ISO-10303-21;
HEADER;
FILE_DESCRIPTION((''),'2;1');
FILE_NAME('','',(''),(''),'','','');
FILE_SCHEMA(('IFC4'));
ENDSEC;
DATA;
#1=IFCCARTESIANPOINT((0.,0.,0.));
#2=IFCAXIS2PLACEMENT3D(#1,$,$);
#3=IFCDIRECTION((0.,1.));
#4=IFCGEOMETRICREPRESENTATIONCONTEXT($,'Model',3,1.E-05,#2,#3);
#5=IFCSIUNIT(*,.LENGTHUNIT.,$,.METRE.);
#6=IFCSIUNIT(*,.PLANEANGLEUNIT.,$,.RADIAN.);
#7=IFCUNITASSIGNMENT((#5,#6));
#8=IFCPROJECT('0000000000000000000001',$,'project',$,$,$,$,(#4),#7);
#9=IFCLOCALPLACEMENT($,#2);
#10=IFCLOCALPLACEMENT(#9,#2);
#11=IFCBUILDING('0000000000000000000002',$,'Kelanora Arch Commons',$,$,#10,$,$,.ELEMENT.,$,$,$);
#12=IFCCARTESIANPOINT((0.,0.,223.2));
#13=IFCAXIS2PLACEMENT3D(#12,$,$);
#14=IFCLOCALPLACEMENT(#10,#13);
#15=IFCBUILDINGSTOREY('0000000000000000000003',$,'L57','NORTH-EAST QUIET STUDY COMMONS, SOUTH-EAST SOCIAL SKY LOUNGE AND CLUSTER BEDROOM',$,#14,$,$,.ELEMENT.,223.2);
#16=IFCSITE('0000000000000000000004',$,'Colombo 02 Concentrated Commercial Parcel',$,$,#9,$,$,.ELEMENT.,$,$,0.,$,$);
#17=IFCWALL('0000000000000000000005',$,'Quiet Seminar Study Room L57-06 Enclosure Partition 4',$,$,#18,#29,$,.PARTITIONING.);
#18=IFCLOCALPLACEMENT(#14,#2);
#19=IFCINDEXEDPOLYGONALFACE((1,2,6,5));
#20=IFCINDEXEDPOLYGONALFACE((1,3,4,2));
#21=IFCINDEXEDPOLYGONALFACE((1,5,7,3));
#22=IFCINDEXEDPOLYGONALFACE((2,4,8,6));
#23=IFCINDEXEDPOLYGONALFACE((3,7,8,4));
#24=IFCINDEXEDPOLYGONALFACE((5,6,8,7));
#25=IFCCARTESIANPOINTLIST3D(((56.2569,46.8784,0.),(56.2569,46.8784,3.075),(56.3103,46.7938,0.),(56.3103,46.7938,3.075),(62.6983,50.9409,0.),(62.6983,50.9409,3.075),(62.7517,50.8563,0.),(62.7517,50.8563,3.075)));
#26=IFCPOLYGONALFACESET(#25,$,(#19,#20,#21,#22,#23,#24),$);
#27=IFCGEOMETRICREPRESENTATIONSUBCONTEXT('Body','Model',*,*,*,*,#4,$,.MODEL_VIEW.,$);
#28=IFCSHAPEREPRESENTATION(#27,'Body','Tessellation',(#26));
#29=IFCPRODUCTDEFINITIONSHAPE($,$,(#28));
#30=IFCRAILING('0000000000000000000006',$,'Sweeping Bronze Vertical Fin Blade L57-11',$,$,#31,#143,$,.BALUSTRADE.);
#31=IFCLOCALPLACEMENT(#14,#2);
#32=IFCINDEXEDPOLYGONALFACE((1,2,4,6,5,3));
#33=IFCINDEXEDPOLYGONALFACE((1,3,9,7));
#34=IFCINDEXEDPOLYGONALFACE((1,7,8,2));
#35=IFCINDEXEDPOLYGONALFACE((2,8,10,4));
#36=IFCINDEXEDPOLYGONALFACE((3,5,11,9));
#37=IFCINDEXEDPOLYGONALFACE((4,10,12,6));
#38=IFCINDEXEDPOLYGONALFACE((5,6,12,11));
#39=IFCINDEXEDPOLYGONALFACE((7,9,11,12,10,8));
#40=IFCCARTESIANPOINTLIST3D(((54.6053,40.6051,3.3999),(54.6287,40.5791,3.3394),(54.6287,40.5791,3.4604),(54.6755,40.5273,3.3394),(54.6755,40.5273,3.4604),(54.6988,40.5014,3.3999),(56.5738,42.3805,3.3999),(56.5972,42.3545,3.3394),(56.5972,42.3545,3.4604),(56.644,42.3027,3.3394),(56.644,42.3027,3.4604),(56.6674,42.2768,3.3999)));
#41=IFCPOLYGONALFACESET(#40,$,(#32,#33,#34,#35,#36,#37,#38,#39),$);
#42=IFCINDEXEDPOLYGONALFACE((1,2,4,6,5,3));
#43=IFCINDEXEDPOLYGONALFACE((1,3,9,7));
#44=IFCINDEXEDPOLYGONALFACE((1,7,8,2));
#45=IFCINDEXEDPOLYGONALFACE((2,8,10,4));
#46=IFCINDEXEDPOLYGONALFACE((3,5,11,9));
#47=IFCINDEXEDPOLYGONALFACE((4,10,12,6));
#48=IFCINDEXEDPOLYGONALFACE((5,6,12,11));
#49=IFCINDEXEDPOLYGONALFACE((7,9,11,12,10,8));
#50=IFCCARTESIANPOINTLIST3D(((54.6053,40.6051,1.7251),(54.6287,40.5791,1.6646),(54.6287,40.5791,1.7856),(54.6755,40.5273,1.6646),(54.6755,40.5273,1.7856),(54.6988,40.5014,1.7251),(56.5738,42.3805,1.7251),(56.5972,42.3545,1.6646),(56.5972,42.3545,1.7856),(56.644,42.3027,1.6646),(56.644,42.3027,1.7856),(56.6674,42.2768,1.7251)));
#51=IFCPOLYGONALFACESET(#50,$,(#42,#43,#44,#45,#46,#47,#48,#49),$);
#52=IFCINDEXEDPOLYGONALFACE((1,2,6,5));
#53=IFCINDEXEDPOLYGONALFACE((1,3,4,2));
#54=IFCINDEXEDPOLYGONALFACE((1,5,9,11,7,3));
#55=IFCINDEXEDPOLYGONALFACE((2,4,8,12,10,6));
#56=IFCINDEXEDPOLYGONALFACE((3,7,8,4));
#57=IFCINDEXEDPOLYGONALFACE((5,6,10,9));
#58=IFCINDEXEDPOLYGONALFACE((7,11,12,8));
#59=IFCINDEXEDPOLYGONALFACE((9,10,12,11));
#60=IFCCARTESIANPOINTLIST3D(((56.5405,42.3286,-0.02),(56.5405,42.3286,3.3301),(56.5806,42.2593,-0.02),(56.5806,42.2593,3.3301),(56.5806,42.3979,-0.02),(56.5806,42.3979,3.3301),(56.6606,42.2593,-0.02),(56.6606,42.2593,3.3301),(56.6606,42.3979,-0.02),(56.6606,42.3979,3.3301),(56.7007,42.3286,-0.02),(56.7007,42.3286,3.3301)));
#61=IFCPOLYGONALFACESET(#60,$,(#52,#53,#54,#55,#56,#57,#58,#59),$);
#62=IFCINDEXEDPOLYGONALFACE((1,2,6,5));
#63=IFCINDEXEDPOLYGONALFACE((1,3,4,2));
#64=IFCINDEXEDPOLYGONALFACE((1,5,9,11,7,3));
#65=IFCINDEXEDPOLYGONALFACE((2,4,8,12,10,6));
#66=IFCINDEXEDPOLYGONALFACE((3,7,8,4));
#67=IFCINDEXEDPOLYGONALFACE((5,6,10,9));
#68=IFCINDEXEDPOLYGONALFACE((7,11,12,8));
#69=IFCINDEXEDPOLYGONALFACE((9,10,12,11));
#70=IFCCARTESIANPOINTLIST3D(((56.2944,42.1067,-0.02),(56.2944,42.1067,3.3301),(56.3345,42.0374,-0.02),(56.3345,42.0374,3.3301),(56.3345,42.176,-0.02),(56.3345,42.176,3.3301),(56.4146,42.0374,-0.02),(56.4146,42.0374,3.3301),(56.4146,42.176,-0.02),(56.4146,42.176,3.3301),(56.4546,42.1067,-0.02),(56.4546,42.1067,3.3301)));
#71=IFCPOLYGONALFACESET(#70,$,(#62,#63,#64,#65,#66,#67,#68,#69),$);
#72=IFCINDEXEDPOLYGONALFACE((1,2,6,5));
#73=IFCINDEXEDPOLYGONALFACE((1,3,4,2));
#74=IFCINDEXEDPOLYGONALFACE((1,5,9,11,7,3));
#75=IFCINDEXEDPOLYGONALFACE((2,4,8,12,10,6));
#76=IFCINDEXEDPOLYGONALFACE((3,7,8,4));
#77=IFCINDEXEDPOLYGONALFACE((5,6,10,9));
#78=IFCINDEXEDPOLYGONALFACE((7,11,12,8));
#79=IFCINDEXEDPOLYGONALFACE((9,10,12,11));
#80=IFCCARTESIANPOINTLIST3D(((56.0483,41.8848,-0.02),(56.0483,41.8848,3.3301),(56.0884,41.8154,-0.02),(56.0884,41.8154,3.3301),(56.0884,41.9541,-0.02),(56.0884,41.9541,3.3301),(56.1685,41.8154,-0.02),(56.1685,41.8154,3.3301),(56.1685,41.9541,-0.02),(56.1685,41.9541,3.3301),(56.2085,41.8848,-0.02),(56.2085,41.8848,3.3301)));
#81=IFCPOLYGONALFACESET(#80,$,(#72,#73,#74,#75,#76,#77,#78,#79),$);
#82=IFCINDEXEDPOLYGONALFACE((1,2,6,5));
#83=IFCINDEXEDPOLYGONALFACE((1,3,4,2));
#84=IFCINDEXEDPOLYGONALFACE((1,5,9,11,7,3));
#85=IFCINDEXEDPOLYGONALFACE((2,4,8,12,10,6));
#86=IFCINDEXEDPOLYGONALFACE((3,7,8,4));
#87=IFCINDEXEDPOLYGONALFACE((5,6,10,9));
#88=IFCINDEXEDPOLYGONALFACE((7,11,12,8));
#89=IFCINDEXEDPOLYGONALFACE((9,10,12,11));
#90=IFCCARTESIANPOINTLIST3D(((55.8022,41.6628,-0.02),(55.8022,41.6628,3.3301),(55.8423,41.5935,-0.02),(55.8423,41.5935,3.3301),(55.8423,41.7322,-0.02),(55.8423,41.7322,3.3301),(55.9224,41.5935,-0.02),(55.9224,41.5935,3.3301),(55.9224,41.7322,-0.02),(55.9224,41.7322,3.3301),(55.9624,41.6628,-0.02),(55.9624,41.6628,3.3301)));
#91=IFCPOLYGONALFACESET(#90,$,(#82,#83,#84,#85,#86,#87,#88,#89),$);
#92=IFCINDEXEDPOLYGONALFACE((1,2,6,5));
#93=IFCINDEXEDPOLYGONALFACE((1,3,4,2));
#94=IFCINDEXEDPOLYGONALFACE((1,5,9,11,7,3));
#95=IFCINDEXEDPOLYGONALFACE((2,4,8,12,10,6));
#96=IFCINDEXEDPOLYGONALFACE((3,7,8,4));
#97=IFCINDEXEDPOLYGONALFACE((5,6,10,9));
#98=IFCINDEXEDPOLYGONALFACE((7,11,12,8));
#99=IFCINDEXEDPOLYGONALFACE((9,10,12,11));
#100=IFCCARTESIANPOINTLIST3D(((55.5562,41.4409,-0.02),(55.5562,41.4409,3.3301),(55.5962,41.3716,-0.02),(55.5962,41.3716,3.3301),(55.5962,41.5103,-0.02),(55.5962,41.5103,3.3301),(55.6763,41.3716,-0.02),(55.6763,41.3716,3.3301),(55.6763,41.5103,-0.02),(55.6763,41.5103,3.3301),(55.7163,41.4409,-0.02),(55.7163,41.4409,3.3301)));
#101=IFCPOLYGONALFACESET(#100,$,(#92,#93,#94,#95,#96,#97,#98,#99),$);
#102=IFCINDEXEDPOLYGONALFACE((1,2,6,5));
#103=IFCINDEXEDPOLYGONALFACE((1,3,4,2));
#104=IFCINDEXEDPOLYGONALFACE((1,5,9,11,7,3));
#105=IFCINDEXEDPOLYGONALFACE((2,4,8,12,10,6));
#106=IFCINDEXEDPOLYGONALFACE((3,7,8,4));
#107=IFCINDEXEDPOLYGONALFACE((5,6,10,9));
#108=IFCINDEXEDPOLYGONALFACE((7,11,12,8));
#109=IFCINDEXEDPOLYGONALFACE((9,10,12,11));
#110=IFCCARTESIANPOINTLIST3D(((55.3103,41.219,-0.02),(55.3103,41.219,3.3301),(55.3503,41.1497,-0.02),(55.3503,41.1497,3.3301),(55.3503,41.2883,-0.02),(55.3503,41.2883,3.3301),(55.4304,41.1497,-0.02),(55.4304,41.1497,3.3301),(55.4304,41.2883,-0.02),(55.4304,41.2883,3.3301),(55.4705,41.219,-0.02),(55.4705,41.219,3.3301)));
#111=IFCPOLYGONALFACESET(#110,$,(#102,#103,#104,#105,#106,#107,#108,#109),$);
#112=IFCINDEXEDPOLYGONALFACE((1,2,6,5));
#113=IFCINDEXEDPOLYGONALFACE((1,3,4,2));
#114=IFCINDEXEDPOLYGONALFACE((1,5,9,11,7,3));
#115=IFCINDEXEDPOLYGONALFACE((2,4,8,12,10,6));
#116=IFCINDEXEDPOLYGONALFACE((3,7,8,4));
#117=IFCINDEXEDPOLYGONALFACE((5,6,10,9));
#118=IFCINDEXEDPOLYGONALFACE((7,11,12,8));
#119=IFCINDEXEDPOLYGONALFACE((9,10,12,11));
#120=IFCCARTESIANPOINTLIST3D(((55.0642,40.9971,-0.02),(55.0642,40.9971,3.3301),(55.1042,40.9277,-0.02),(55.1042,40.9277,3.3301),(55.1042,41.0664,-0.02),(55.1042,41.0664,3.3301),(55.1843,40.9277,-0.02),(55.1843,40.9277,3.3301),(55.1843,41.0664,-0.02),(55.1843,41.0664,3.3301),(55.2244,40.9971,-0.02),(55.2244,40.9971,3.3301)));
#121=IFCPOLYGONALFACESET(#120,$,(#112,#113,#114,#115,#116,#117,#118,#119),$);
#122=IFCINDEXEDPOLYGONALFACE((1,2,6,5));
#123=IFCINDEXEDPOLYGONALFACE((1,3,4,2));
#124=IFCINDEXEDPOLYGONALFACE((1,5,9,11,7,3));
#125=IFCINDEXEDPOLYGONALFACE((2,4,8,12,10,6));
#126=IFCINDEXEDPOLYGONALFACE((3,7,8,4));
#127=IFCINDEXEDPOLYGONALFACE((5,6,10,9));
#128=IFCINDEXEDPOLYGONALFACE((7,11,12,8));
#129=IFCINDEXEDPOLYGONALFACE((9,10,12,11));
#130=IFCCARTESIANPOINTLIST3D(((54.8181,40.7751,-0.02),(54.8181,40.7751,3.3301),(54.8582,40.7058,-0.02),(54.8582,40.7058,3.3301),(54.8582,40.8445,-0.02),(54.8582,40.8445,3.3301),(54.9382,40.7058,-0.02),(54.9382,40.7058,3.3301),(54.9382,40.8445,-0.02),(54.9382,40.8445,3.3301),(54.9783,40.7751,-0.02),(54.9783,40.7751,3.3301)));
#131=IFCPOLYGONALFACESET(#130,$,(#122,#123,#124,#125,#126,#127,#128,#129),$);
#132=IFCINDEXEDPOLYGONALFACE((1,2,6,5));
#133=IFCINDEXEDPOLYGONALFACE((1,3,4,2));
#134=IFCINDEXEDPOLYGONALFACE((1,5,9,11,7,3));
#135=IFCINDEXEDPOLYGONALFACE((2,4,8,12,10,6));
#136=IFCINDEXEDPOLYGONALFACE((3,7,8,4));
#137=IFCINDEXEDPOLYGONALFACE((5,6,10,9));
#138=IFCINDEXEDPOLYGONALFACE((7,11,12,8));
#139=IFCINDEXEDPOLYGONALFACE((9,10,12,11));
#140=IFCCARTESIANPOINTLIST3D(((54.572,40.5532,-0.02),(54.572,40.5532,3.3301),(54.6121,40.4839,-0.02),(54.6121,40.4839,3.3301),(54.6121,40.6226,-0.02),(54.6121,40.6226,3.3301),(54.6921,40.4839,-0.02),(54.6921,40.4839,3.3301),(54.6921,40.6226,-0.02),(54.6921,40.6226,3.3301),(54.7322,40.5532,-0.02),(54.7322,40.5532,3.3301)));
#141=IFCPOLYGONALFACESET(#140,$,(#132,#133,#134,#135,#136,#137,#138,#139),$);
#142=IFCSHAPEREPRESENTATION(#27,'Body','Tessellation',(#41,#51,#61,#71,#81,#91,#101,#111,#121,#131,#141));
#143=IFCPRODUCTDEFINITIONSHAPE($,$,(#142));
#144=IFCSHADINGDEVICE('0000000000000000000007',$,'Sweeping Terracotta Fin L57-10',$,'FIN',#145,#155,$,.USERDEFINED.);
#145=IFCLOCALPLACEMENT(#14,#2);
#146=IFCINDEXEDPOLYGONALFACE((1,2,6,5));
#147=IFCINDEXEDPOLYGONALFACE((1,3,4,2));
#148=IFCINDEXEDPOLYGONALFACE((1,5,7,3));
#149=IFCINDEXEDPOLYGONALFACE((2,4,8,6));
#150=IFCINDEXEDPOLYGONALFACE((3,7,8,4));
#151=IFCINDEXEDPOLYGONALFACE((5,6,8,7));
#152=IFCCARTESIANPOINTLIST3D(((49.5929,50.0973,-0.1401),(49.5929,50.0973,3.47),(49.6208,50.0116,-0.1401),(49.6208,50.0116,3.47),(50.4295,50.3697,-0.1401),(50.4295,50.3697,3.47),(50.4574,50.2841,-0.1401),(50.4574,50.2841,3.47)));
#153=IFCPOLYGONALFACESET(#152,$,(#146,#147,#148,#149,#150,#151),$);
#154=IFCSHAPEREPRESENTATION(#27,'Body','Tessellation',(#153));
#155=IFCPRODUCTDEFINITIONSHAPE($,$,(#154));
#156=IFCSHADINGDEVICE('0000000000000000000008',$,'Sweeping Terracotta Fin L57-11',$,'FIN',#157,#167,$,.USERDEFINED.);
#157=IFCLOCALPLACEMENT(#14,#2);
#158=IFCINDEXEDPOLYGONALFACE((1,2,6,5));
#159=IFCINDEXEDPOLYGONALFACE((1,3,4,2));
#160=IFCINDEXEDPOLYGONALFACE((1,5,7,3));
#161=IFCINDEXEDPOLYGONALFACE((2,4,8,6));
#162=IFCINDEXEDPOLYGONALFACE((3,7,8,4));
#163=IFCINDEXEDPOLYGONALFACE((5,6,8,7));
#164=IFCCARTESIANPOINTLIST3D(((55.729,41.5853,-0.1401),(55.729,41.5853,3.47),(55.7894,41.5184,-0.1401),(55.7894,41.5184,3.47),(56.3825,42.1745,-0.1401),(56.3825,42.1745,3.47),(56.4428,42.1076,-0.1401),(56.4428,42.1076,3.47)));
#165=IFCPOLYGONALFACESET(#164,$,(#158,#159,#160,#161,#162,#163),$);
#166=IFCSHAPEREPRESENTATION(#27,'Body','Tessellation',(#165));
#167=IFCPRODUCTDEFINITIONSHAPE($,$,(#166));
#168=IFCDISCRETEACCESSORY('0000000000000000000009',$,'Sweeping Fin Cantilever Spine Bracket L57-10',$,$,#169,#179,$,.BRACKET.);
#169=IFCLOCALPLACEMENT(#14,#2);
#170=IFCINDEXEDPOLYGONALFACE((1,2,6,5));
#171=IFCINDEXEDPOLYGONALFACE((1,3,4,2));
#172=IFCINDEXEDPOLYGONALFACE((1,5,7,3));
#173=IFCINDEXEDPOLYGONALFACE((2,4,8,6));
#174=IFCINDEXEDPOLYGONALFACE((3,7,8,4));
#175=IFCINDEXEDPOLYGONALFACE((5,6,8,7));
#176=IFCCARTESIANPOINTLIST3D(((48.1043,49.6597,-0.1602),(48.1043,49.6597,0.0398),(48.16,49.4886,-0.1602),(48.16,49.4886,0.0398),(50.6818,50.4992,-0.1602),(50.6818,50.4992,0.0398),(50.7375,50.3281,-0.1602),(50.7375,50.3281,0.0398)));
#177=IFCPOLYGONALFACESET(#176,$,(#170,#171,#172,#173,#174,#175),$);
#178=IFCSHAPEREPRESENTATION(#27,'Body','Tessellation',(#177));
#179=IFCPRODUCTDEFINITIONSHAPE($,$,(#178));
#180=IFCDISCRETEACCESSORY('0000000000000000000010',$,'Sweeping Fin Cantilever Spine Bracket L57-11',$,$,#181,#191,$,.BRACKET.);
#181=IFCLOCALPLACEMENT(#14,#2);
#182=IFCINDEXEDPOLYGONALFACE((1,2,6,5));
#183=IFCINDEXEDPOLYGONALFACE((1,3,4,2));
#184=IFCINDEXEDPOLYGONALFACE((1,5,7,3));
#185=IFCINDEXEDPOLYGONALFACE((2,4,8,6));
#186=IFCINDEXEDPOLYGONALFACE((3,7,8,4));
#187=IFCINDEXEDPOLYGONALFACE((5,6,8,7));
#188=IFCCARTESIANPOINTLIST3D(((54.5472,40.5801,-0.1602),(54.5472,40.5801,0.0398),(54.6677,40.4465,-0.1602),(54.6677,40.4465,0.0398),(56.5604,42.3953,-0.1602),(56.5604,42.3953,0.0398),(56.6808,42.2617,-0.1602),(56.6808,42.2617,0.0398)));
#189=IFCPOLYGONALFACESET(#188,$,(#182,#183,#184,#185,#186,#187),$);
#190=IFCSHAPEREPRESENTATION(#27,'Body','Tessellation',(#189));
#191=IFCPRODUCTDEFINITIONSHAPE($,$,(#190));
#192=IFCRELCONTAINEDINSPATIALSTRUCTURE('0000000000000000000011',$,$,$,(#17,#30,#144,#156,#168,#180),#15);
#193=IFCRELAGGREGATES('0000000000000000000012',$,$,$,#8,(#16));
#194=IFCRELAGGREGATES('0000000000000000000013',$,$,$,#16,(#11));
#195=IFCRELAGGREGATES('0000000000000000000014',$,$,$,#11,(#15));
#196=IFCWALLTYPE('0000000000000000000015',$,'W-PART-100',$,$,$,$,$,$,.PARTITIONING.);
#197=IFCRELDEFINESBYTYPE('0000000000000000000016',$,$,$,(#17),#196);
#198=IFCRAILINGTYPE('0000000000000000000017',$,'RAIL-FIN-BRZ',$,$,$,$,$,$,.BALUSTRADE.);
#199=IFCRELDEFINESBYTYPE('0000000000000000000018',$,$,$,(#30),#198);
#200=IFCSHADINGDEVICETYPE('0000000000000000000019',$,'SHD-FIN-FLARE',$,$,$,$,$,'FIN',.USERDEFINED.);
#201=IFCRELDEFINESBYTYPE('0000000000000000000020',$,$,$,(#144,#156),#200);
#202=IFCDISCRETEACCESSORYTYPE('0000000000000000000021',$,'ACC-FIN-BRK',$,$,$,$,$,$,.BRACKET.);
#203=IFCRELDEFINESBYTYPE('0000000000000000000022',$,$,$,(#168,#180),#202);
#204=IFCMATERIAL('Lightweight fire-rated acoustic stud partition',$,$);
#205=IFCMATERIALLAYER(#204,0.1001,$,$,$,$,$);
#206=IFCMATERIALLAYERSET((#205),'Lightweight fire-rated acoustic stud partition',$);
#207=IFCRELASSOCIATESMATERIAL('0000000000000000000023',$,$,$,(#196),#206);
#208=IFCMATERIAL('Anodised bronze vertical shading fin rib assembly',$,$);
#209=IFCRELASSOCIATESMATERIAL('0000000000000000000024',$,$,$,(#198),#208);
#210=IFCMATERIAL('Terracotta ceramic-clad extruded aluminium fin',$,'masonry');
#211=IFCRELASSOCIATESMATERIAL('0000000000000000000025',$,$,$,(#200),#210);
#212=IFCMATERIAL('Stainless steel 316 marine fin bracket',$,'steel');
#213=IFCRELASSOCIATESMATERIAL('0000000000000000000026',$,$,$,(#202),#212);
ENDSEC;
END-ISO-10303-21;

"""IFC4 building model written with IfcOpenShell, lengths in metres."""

from ifc_helpers import new_model, si_unit, direction, frame, frame_2d, origin, origin_2d, place, context, subcontext, project, spatial, polyline, rectangle, outline, extrude, source, transform, mapped, material, layer, layer_set, type_object, element, save


model = new_model("IFC4")

# Units and contexts
model_context = context("Model", 3, precision=1e-05, world=origin(), true_north=direction((0.0, 1.0)))
body_context = subcontext(model_context, "Body", "Model", "MODEL_VIEW")
ifc_project = project(units=[si_unit("LENGTHUNIT", "METRE"), si_unit("PLANEANGLEUNIT", "RADIAN")], contexts=[model_context])

# Site, building, storey
site_placement = place(None, origin())
site = spatial("IfcSite", under=ifc_project, at=site_placement, Name="Colombo 02 Concentrated Commercial Parcel", CompositionType="ELEMENT", RefElevation=0.0)
building_placement = place(site_placement, origin())
building = spatial("IfcBuilding", under=site, at=building_placement, Name="Kelanora Arch Commons", CompositionType="ELEMENT")
storey_placement = place(building_placement, frame((0.0, 0.0, 223.2)))
storey = spatial("IfcBuildingStorey", under=building, at=storey_placement, Name="L57", Description="NORTH-EAST QUIET STUDY COMMONS, SOUTH-EAST SOCIAL SKY LOUNGE AND CLUSTER BEDROOM", CompositionType="ELEMENT", Elevation=223.2)

# Wall
ifc_material_1 = material(Name="Lightweight fire-rated acoustic stud partition")
ifc_layer_1 = layer(ifc_material_1, 0.1001)
ifc_layer_set_1 = layer_set([ifc_layer_1], Name="Lightweight fire-rated acoustic stud partition")
wall_type_1 = type_object("IfcWallType", Name="W-PART-100", PredefinedType="PARTITIONING", material=ifc_layer_set_1)
wall_1_placement = place(storey_placement, frame((56.2837, 46.8362, 0.0), z_axis=(0.0, 0.0, 1.0), x_axis=(0.84583, 0.533453, 0.0)))
element("IfcWall", 1, at=wall_1_placement, inside=storey, type_object=wall_type_1, Name="Quiet Seminar Study Room L57-06 Enclosure Partition 4", PredefinedType="PARTITIONING", context=body_context, shape_type="SweptSolid", body=[
    extrude(rectangle(XDim=7.6155, YDim=0.1001, at=frame_2d((3.8076, 0.0))), origin(), (0.0, 0.0, 1.0), 3.075),
])

# Railing
ifc_material_2 = material(Name="Anodised bronze vertical shading fin rib assembly")
railing_type = type_object("IfcRailingType", Name="RAIL-FIN-BRZ", PredefinedType="BALUSTRADE", material=ifc_material_2)
railing_placement = place(storey_placement, frame((56.6206, 42.3286, -0.02)))
element("IfcRailing", 2, at=railing_placement, inside=storey, type_object=railing_type, Name="Sweeping Bronze Vertical Fin Blade L57-11", PredefinedType="BALUSTRADE", context=body_context, shape_type="SweptSolid", body=[
    extrude(outline(polyline([(0.0698, 0.0), (0.0349, 0.0605), (-0.0349, 0.0605), (-0.0698, 0.0), (-0.0349, -0.0605), (0.0349, -0.0605), (0.0698, 0.0)])), frame((0.0, 0.0, 3.4199), z_axis=(-0.742593, -0.669743, 0.0), x_axis=(0.669743, -0.742593, 0.0)), (0.0, 0.0, 1.0), 2.6509),
    extrude(outline(polyline([(0.0698, 0.0), (0.0349, 0.0605), (-0.0349, 0.0605), (-0.0698, 0.0), (-0.0349, -0.0605), (0.0349, -0.0605), (0.0698, 0.0)])), frame((0.0, 0.0, 1.7451), z_axis=(-0.742593, -0.669743, 0.0), x_axis=(0.669743, -0.742593, 0.0)), (0.0, 0.0, 1.0), 2.6509),
    extrude(outline(polyline([(0.0801, 0.0), (0.04, 0.0693), (-0.04, 0.0693), (-0.0801, 0.0), (-0.04, -0.0693), (0.04, -0.0693), (0.0801, 0.0)])), origin(), (0.0, 0.0, 1.0), 3.3501),
    extrude(outline(polyline([(0.0801, 0.0), (0.04, 0.0693), (-0.04, 0.0693), (-0.0801, 0.0), (-0.04, -0.0693), (0.04, -0.0693), (0.0801, 0.0)])), frame((-0.2461, -0.2219, 0.0)), (0.0, 0.0, 1.0), 3.3501),
    extrude(outline(polyline([(0.0801, 0.0), (0.04, 0.0693), (-0.04, 0.0693), (-0.0801, 0.0), (-0.04, -0.0693), (0.04, -0.0693), (0.0801, 0.0)])), frame((-0.4922, -0.4438, 0.0)), (0.0, 0.0, 1.0), 3.3501),
    extrude(outline(polyline([(0.0801, 0.0), (0.04, 0.0693), (-0.04, 0.0693), (-0.0801, 0.0), (-0.04, -0.0693), (0.04, -0.0693), (0.0801, 0.0)])), frame((-0.7383, -0.6658, 0.0)), (0.0, 0.0, 1.0), 3.3501),
    extrude(outline(polyline([(0.0801, 0.0), (0.04, 0.0693), (-0.04, 0.0693), (-0.0801, 0.0), (-0.04, -0.0693), (0.04, -0.0693), (0.0801, 0.0)])), frame((-0.9844, -0.8877, 0.0)), (0.0, 0.0, 1.0), 3.3501),
    extrude(outline(polyline([(0.0801, 0.0), (0.04, 0.0693), (-0.04, 0.0693), (-0.0801, 0.0), (-0.04, -0.0693), (0.04, -0.0693), (0.0801, 0.0)])), frame((-1.2302, -1.1096, 0.0)), (0.0, 0.0, 1.0), 3.3501),
    extrude(outline(polyline([(0.0801, 0.0), (0.04, 0.0693), (-0.04, 0.0693), (-0.0801, 0.0), (-0.04, -0.0693), (0.04, -0.0693), (0.0801, 0.0)])), frame((-1.4763, -1.3315, 0.0)), (0.0, 0.0, 1.0), 3.3501),
    extrude(outline(polyline([(0.0801, 0.0), (0.04, 0.0693), (-0.04, 0.0693), (-0.0801, 0.0), (-0.04, -0.0693), (0.04, -0.0693), (0.0801, 0.0)])), frame((-1.7224, -1.5535, 0.0)), (0.0, 0.0, 1.0), 3.3501),
    extrude(outline(polyline([(0.0801, 0.0), (0.04, 0.0693), (-0.04, 0.0693), (-0.0801, 0.0), (-0.04, -0.0693), (0.04, -0.0693), (0.0801, 0.0)])), frame((-1.9685, -1.7754, 0.0)), (0.0, 0.0, 1.0), 3.3501),
])

# Shading devices
ifc_material_3 = material(Name="Terracotta ceramic-clad extruded aluminium fin", Category="masonry")
shading_device_type = type_object("IfcShadingDeviceType", Name="SHD-FIN-FLARE", ElementType="FIN", PredefinedType="USERDEFINED", material=ifc_material_3)
shared_shape_1 = source(origin(), body_context, "Body", "SweptSolid", [
    extrude(rectangle(XDim=0.8799, YDim=0.0901, at=origin_2d()), origin(), (0.0, 0.0, 1.0), 3.6101),
])
for number, where, z_axis, x_axis, name in (
    (3, (50.0251, 50.1907, -0.1401), (0.0, 0.0, 1.0), (-0.950841, -0.309681, 0.0), "Sweeping Terracotta Fin L57-10"),
    (4, (56.0859, 41.8464, -0.1401), (0.0, 0.0, 1.0), (-0.742678, -0.669649, 0.0), "Sweeping Terracotta Fin L57-11"),
):
    element("IfcShadingDevice", number, at=place(storey_placement, frame(where, z_axis=z_axis, x_axis=x_axis)), inside=storey, type_object=shading_device_type, Name=name, ObjectType="FIN", PredefinedType="USERDEFINED", context=body_context, shape_type="MappedRepresentation", body=[
        mapped(shared_shape_1, transform((0.0, 0.0, 0.0), scale=1.0)),
    ])

# Discrete accessories
ifc_material_4 = material(Name="Stainless steel 316 marine fin bracket", Category="steel")
discrete_accessory_type = type_object("IfcDiscreteAccessoryType", Name="ACC-FIN-BRK", PredefinedType="BRACKET", material=ifc_material_4)
shared_shape_2 = source(origin(), body_context, "Body", "SweptSolid", [
    extrude(rectangle(XDim=2.7107, YDim=0.1799, at=origin_2d()), origin(), (0.0, 0.0, 1.0), 0.2),
])
for number, where, z_axis, x_axis, name in (
    (5, (49.4209, 49.9939, -0.1602), (0.0, 0.0, 1.0), (-0.950841, -0.309681, 0.0), "Sweeping Fin Cantilever Spine Bracket L57-10"),
    (6, (55.614, 41.4209, -0.1602), (0.0, 0.0, 1.0), (-0.742678, -0.669649, 0.0), "Sweeping Fin Cantilever Spine Bracket L57-11"),
):
    element("IfcDiscreteAccessory", number, at=place(storey_placement, frame(where, z_axis=z_axis, x_axis=x_axis)), inside=storey, type_object=discrete_accessory_type, Name=name, PredefinedType="BRACKET", context=body_context, shape_type="MappedRepresentation", body=[
        mapped(shared_shape_2, transform((0.0, 0.0, 0.0), scale=1.0)),
    ])

save(model, "model.ifc")
